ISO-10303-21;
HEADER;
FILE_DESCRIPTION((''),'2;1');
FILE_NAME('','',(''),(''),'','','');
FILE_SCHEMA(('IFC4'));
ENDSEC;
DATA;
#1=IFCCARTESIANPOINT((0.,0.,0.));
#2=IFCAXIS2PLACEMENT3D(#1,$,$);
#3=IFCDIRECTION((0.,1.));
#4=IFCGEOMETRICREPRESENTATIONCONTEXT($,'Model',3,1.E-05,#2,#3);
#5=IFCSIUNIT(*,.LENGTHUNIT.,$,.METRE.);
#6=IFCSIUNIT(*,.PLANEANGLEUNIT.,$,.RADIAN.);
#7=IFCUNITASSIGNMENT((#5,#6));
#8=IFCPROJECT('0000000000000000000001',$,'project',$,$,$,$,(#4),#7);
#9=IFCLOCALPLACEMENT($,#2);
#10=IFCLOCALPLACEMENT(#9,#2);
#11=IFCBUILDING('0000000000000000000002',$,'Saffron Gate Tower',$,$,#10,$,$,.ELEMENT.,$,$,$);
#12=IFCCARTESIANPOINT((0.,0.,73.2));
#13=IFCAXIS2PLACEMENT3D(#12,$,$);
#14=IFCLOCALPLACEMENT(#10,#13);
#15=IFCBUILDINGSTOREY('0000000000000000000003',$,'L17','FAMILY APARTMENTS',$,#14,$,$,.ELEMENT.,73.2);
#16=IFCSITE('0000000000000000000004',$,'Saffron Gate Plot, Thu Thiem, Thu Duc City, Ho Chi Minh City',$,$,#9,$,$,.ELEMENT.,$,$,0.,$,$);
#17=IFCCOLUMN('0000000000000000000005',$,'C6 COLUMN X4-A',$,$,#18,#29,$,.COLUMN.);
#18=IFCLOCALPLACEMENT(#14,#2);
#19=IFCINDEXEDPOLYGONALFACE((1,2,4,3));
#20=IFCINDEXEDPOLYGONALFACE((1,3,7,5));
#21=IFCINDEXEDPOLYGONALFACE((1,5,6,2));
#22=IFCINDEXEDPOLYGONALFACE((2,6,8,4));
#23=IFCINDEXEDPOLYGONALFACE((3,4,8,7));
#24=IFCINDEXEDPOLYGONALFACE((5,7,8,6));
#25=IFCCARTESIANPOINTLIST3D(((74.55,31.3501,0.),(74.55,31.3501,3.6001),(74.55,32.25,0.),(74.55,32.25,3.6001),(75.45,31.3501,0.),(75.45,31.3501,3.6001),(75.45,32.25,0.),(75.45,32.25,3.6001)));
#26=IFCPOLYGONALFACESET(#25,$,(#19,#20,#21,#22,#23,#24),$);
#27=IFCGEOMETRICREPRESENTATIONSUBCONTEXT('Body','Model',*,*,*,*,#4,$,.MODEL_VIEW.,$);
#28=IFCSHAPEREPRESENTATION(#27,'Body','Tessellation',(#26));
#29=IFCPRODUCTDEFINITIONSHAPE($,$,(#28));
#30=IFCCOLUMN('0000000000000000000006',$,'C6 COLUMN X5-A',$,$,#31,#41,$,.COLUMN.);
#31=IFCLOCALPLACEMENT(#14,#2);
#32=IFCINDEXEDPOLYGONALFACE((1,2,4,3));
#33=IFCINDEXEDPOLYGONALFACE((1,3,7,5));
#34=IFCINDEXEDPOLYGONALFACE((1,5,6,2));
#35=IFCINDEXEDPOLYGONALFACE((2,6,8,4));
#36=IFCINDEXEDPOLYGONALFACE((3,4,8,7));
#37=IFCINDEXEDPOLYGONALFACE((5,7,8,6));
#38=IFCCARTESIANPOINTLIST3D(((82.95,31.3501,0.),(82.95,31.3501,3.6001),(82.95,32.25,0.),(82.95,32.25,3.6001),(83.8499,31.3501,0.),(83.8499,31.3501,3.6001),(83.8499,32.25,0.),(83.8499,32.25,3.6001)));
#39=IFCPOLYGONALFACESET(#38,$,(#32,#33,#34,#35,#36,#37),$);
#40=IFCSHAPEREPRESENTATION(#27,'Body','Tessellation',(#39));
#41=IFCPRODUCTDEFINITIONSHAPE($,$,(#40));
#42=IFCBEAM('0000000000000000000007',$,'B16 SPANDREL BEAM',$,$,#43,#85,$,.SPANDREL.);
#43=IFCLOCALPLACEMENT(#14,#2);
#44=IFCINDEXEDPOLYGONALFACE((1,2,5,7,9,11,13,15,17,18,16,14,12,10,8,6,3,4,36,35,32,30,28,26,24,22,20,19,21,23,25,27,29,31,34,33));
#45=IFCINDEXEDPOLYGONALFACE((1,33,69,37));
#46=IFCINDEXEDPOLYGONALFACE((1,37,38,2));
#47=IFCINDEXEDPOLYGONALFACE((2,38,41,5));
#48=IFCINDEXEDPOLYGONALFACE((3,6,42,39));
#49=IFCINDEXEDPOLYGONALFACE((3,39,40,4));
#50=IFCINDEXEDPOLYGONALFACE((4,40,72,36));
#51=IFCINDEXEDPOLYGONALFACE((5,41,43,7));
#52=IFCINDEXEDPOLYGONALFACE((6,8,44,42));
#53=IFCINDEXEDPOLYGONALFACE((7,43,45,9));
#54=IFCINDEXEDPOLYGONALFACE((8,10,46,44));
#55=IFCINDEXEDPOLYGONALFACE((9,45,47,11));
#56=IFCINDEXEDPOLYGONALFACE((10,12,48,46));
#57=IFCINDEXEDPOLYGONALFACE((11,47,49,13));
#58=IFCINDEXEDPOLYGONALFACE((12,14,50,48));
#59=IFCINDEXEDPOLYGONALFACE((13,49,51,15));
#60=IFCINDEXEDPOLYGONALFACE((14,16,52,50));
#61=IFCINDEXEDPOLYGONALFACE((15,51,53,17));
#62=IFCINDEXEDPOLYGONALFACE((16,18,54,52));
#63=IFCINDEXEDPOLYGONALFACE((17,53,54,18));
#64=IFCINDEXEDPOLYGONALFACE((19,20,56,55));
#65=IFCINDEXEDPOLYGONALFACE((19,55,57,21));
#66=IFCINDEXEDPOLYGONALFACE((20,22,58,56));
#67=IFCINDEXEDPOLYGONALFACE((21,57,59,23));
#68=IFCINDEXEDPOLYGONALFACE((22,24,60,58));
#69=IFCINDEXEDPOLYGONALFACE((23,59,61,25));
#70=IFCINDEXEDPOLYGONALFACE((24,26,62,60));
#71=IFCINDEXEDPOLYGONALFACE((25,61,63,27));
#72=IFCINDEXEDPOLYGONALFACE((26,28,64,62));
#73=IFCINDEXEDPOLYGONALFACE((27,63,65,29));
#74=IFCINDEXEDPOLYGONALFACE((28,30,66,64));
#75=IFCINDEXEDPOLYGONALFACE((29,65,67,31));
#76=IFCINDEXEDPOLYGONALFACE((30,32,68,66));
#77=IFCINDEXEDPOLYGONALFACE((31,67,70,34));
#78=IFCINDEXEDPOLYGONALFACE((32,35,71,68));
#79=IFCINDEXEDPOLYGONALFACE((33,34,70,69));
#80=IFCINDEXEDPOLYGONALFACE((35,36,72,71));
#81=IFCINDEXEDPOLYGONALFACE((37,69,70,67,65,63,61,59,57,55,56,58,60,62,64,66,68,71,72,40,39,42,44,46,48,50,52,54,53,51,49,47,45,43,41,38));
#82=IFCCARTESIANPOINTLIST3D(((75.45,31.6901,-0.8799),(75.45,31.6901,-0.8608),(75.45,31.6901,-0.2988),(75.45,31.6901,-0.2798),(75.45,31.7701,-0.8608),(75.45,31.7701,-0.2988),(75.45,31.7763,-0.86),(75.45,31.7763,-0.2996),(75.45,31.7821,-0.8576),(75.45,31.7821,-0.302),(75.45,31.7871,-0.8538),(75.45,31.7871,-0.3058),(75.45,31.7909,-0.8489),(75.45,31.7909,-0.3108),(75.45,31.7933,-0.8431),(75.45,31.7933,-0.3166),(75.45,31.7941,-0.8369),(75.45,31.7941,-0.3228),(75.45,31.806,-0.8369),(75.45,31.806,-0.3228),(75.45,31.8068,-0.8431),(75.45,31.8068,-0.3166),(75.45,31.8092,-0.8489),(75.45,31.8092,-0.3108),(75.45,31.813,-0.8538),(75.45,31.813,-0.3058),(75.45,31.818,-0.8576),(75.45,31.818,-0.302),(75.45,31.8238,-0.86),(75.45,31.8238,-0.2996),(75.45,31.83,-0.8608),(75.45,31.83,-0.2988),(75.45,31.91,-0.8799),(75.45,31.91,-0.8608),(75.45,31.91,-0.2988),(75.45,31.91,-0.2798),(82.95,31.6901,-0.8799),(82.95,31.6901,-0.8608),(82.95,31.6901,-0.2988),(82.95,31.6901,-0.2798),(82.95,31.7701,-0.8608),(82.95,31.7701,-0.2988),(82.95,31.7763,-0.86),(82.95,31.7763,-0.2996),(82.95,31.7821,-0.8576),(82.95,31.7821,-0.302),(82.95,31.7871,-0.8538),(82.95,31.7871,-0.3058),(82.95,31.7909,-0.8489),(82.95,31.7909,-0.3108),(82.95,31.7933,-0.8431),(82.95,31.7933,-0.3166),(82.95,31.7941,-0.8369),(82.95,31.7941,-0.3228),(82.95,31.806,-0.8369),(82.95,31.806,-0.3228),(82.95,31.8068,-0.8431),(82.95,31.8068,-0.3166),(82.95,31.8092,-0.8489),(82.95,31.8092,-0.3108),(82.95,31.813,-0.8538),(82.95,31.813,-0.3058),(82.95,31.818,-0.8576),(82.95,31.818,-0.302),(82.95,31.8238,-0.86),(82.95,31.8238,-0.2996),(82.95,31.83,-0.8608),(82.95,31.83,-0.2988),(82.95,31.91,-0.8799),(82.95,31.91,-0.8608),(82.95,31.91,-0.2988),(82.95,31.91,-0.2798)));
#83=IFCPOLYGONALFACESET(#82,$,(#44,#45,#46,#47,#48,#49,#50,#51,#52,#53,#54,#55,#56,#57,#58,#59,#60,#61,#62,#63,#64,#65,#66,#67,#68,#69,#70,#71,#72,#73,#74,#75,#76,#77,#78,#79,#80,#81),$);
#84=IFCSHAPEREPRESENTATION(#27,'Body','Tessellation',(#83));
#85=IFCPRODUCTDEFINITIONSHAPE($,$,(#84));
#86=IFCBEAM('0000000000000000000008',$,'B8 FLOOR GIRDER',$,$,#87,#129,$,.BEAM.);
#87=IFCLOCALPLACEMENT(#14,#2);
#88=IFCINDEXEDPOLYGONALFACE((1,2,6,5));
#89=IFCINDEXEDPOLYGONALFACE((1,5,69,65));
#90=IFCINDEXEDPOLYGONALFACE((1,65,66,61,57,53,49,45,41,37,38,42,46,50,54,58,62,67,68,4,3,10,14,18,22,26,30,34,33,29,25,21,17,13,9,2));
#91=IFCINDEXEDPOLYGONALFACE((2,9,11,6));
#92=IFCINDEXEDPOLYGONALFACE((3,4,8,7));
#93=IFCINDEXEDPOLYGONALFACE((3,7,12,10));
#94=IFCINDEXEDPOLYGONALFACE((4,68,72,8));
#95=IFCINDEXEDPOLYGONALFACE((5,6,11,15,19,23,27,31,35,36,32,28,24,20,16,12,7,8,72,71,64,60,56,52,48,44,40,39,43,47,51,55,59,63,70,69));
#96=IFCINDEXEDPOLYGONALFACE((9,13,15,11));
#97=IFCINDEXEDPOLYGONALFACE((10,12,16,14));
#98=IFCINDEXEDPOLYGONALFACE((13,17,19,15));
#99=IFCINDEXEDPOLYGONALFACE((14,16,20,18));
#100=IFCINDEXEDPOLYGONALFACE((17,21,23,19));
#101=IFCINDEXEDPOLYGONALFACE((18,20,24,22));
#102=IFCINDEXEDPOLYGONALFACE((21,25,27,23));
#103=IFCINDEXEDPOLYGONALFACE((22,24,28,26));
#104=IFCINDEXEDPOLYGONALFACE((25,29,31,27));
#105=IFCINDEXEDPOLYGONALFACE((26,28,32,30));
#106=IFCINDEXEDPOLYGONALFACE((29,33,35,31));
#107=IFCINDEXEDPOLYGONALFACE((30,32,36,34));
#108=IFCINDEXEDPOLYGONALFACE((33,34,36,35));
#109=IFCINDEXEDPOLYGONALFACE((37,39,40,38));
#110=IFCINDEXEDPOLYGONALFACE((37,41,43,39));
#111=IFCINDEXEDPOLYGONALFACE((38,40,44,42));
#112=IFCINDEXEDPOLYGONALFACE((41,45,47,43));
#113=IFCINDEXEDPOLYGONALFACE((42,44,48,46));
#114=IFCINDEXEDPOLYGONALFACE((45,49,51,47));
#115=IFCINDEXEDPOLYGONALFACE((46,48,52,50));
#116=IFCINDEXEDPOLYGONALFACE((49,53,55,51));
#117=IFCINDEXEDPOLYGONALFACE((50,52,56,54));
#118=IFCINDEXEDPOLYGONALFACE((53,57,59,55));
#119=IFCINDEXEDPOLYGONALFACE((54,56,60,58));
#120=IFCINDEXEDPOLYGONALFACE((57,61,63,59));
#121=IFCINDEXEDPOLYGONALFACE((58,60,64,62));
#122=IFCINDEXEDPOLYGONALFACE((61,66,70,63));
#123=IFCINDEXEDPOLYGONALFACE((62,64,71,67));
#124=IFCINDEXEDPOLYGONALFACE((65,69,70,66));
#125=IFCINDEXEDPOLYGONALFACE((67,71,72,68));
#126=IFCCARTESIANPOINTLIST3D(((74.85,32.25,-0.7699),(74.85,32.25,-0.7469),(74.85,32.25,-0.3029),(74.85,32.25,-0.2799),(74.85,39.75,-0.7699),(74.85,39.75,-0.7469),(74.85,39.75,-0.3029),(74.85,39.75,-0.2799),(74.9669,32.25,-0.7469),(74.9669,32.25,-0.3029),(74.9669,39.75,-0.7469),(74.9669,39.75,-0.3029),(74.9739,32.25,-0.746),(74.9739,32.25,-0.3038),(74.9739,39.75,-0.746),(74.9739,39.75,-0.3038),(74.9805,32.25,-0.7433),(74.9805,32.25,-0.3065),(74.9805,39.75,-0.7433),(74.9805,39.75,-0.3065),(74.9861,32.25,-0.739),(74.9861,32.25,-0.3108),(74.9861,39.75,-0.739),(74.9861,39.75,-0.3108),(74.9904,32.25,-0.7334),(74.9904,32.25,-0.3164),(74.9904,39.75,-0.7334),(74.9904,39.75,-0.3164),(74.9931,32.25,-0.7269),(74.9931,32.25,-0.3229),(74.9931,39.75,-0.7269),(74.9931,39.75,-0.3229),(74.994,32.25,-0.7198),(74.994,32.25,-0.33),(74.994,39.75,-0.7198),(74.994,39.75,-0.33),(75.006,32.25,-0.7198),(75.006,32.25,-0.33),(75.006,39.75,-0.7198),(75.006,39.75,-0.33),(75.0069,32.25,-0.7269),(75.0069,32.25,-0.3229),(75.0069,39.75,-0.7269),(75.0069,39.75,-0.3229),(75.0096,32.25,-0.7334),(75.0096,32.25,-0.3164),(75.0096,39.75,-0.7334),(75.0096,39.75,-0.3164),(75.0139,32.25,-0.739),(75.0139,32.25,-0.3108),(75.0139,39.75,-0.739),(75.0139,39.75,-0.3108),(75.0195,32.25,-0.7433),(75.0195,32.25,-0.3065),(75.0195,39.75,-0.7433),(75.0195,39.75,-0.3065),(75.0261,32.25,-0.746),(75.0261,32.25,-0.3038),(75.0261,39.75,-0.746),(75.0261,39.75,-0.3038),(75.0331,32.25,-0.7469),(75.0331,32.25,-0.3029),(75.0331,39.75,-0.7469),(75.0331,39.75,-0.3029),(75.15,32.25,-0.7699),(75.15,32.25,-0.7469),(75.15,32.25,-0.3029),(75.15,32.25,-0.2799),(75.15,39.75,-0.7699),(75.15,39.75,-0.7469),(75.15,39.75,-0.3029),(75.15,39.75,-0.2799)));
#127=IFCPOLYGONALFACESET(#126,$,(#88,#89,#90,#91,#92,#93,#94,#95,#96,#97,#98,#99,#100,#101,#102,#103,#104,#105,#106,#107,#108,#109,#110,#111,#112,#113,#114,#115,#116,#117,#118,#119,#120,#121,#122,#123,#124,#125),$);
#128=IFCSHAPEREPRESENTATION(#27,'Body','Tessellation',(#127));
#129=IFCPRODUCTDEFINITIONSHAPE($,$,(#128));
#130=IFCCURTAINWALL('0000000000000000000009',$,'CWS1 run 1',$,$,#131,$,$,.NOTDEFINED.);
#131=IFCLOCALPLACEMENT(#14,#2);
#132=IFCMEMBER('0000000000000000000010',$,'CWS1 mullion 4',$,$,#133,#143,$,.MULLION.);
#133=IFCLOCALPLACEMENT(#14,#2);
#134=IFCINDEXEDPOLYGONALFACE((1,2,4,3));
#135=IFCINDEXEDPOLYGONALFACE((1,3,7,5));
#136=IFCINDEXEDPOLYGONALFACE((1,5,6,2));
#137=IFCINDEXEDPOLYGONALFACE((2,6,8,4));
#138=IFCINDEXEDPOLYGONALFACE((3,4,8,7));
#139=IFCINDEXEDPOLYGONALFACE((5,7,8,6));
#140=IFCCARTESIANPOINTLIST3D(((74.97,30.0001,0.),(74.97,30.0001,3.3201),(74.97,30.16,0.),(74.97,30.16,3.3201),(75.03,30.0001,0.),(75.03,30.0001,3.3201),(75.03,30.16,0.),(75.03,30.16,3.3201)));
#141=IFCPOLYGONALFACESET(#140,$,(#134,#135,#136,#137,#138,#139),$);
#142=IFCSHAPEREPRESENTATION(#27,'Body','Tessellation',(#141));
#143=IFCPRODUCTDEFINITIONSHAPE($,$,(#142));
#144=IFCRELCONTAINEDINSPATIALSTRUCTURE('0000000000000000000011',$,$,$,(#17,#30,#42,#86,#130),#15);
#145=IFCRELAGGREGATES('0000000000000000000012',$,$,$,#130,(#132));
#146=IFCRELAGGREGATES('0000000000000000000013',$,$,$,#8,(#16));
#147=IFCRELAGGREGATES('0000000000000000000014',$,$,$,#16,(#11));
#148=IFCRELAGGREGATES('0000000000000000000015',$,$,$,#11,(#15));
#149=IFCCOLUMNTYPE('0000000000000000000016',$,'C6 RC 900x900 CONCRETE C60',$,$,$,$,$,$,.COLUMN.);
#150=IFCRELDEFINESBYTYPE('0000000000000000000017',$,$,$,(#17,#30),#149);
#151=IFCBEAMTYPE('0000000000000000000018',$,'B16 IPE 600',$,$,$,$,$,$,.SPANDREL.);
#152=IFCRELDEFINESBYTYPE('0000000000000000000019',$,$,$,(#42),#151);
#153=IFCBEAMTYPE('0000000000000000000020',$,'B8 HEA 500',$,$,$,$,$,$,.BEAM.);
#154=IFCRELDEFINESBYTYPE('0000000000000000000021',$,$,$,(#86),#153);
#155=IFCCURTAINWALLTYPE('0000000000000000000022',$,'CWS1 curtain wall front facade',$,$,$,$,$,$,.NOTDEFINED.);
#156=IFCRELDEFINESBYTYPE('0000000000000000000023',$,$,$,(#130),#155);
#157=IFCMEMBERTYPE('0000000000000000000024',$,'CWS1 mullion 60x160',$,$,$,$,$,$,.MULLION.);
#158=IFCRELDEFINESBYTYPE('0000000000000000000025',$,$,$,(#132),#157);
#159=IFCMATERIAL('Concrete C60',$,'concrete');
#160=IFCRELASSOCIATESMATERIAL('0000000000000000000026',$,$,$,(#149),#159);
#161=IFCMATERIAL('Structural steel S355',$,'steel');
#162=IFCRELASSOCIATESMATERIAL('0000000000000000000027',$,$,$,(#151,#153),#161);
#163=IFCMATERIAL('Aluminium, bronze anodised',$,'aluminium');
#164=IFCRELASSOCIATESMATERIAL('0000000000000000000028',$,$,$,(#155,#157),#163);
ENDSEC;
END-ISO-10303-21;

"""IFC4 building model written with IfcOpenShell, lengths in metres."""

from ifc_helpers import new_model, si_unit, direction, frame, origin, origin_2d, place, context, subcontext, project, spatial, rectangle, i_section, extrude, material, material_profile, profile_set, type_object, element, aggregate, save


model = new_model("IFC4")

# Units and contexts
model_context = context("Model", 3, precision=1e-05, world=origin(), true_north=direction((0.0, 1.0)))
body_context = subcontext(model_context, "Body", "Model", "MODEL_VIEW")
ifc_project = project(units=[si_unit("LENGTHUNIT", "METRE"), si_unit("PLANEANGLEUNIT", "RADIAN")], contexts=[model_context])

# Site, building, storey
site_placement = place(None, origin())
site = spatial("IfcSite", under=ifc_project, at=site_placement, Name="Saffron Gate Plot, Thu Thiem, Thu Duc City, Ho Chi Minh City", CompositionType="ELEMENT", RefElevation=0.0)
building_placement = place(site_placement, origin())
building = spatial("IfcBuilding", under=site, at=building_placement, Name="Saffron Gate Tower", CompositionType="ELEMENT")
storey_placement = place(building_placement, frame((0.0, 0.0, 73.2)))
storey = spatial("IfcBuildingStorey", under=building, at=storey_placement, Name="L17", Description="FAMILY APARTMENTS", CompositionType="ELEMENT", Elevation=73.2)

# Columns
ifc_material_1 = material(Name="Concrete C60", Category="concrete")
ifc_material_profile_1 = material_profile(ifc_material_1, rectangle(XDim=0.8999, YDim=0.8999, at=origin_2d()))
ifc_profile_set_1 = profile_set([ifc_material_profile_1], Name="Concrete C60")
column_type = type_object("IfcColumnType", Name="C6 RC 900x900 CONCRETE C60", PredefinedType="COLUMN", material=ifc_profile_set_1)
for number, where, z_axis, x_axis, name in (
    (1, (75.0, 31.8, 0.0), (0.0, 0.0, 1.0), (1.0, 0.0, 0.0), "C6 COLUMN X4-A"),
    (2, (83.3999, 31.8, 0.0), (0.0, 0.0, 1.0), (1.0, 0.0, 0.0), "C6 COLUMN X5-A"),
):
    element("IfcColumn", number, at=place(storey_placement, frame(where, z_axis=z_axis, x_axis=x_axis)), inside=storey, type_object=column_type, Name=name, PredefinedType="COLUMN", context=body_context, shape_type="SweptSolid", body=[
        extrude(rectangle(XDim=0.8999, YDim=0.8999, at=origin_2d()), origin(), (0.0, 0.0, 1.0), 3.6001),
    ])

# Beams
ifc_material_2 = material(Name="Structural steel S355", Category="steel")
ifc_material_profile_2 = material_profile(ifc_material_2, i_section(OverallWidth=0.22, OverallDepth=0.6001, WebThickness=0.012, FlangeThickness=0.019, FilletRadius=0.0239, at=origin_2d()))
ifc_profile_set_2 = profile_set([ifc_material_profile_2], Name="Structural steel S355")
beam_type_1 = type_object("IfcBeamType", Name="B16 IPE 600", PredefinedType="SPANDREL", material=ifc_profile_set_2)
beam_1_placement = place(storey_placement, frame((75.45, 31.8, -0.5798), z_axis=(1.0, 0.0, 0.0), x_axis=(0.0, 1.0, 0.0)))
element("IfcBeam", 3, at=beam_1_placement, inside=storey, type_object=beam_type_1, Name="B16 SPANDREL BEAM", PredefinedType="SPANDREL", context=body_context, shape_type="SweptSolid", body=[
    extrude(i_section(OverallWidth=0.22, OverallDepth=0.6001, WebThickness=0.012, FlangeThickness=0.019, FilletRadius=0.0239, at=origin_2d()), origin(), (0.0, 0.0, 1.0), 7.5),
])
ifc_material_profile_3 = material_profile(ifc_material_2, i_section(OverallWidth=0.3, OverallDepth=0.49, WebThickness=0.012, FlangeThickness=0.0229, FilletRadius=0.0271, at=origin_2d()))
ifc_profile_set_3 = profile_set([ifc_material_profile_3], Name="Structural steel S355")
beam_type_2 = type_object("IfcBeamType", Name="B8 HEA 500", PredefinedType="BEAM", material=ifc_profile_set_3)
beam_2_placement = place(storey_placement, frame((75.0, 32.25, -0.5249), z_axis=(0.0, 1.0, 0.0), x_axis=(-1.0, 0.0, 0.0)))
element("IfcBeam", 4, at=beam_2_placement, inside=storey, type_object=beam_type_2, Name="B8 FLOOR GIRDER", PredefinedType="BEAM", context=body_context, shape_type="SweptSolid", body=[
    extrude(i_section(OverallWidth=0.3, OverallDepth=0.49, WebThickness=0.012, FlangeThickness=0.0229, FilletRadius=0.0271, at=origin_2d()), origin(), (0.0, 0.0, 1.0), 7.5),
])

# Curtain wall, member
ifc_material_3 = material(Name="Aluminium, bronze anodised", Category="aluminium")
curtain_wall_type = type_object("IfcCurtainWallType", Name="CWS1 curtain wall front facade", PredefinedType="NOTDEFINED", material=ifc_material_3)
curtain_wall_placement = place(storey_placement, origin())
curtain_wall = element("IfcCurtainWall", 5, at=curtain_wall_placement, inside=storey, type_object=curtain_wall_type, Name="CWS1 run 1", PredefinedType="NOTDEFINED")
ifc_material_profile_4 = material_profile(ifc_material_3, rectangle(XDim=0.1599, YDim=0.0601, at=origin_2d()))
ifc_profile_set_4 = profile_set([ifc_material_profile_4], Name="Aluminium, bronze anodised")
member_type = type_object("IfcMemberType", Name="CWS1 mullion 60x160", PredefinedType="MULLION", material=ifc_profile_set_4)
member_placement = place(storey_placement, frame((75.0, 30.0801, 0.0), z_axis=(0.0, 0.0, 1.0), x_axis=(0.0, 1.0, 0.0)))
member = element("IfcMember", 6, at=member_placement, type_object=member_type, Name="CWS1 mullion 4", PredefinedType="MULLION", context=body_context, shape_type="SweptSolid", body=[
    extrude(rectangle(XDim=0.1599, YDim=0.0601, at=origin_2d()), origin(), (0.0, 0.0, 1.0), 3.3201),
])
aggregate(curtain_wall, [member])

save(model, "model.ifc")
